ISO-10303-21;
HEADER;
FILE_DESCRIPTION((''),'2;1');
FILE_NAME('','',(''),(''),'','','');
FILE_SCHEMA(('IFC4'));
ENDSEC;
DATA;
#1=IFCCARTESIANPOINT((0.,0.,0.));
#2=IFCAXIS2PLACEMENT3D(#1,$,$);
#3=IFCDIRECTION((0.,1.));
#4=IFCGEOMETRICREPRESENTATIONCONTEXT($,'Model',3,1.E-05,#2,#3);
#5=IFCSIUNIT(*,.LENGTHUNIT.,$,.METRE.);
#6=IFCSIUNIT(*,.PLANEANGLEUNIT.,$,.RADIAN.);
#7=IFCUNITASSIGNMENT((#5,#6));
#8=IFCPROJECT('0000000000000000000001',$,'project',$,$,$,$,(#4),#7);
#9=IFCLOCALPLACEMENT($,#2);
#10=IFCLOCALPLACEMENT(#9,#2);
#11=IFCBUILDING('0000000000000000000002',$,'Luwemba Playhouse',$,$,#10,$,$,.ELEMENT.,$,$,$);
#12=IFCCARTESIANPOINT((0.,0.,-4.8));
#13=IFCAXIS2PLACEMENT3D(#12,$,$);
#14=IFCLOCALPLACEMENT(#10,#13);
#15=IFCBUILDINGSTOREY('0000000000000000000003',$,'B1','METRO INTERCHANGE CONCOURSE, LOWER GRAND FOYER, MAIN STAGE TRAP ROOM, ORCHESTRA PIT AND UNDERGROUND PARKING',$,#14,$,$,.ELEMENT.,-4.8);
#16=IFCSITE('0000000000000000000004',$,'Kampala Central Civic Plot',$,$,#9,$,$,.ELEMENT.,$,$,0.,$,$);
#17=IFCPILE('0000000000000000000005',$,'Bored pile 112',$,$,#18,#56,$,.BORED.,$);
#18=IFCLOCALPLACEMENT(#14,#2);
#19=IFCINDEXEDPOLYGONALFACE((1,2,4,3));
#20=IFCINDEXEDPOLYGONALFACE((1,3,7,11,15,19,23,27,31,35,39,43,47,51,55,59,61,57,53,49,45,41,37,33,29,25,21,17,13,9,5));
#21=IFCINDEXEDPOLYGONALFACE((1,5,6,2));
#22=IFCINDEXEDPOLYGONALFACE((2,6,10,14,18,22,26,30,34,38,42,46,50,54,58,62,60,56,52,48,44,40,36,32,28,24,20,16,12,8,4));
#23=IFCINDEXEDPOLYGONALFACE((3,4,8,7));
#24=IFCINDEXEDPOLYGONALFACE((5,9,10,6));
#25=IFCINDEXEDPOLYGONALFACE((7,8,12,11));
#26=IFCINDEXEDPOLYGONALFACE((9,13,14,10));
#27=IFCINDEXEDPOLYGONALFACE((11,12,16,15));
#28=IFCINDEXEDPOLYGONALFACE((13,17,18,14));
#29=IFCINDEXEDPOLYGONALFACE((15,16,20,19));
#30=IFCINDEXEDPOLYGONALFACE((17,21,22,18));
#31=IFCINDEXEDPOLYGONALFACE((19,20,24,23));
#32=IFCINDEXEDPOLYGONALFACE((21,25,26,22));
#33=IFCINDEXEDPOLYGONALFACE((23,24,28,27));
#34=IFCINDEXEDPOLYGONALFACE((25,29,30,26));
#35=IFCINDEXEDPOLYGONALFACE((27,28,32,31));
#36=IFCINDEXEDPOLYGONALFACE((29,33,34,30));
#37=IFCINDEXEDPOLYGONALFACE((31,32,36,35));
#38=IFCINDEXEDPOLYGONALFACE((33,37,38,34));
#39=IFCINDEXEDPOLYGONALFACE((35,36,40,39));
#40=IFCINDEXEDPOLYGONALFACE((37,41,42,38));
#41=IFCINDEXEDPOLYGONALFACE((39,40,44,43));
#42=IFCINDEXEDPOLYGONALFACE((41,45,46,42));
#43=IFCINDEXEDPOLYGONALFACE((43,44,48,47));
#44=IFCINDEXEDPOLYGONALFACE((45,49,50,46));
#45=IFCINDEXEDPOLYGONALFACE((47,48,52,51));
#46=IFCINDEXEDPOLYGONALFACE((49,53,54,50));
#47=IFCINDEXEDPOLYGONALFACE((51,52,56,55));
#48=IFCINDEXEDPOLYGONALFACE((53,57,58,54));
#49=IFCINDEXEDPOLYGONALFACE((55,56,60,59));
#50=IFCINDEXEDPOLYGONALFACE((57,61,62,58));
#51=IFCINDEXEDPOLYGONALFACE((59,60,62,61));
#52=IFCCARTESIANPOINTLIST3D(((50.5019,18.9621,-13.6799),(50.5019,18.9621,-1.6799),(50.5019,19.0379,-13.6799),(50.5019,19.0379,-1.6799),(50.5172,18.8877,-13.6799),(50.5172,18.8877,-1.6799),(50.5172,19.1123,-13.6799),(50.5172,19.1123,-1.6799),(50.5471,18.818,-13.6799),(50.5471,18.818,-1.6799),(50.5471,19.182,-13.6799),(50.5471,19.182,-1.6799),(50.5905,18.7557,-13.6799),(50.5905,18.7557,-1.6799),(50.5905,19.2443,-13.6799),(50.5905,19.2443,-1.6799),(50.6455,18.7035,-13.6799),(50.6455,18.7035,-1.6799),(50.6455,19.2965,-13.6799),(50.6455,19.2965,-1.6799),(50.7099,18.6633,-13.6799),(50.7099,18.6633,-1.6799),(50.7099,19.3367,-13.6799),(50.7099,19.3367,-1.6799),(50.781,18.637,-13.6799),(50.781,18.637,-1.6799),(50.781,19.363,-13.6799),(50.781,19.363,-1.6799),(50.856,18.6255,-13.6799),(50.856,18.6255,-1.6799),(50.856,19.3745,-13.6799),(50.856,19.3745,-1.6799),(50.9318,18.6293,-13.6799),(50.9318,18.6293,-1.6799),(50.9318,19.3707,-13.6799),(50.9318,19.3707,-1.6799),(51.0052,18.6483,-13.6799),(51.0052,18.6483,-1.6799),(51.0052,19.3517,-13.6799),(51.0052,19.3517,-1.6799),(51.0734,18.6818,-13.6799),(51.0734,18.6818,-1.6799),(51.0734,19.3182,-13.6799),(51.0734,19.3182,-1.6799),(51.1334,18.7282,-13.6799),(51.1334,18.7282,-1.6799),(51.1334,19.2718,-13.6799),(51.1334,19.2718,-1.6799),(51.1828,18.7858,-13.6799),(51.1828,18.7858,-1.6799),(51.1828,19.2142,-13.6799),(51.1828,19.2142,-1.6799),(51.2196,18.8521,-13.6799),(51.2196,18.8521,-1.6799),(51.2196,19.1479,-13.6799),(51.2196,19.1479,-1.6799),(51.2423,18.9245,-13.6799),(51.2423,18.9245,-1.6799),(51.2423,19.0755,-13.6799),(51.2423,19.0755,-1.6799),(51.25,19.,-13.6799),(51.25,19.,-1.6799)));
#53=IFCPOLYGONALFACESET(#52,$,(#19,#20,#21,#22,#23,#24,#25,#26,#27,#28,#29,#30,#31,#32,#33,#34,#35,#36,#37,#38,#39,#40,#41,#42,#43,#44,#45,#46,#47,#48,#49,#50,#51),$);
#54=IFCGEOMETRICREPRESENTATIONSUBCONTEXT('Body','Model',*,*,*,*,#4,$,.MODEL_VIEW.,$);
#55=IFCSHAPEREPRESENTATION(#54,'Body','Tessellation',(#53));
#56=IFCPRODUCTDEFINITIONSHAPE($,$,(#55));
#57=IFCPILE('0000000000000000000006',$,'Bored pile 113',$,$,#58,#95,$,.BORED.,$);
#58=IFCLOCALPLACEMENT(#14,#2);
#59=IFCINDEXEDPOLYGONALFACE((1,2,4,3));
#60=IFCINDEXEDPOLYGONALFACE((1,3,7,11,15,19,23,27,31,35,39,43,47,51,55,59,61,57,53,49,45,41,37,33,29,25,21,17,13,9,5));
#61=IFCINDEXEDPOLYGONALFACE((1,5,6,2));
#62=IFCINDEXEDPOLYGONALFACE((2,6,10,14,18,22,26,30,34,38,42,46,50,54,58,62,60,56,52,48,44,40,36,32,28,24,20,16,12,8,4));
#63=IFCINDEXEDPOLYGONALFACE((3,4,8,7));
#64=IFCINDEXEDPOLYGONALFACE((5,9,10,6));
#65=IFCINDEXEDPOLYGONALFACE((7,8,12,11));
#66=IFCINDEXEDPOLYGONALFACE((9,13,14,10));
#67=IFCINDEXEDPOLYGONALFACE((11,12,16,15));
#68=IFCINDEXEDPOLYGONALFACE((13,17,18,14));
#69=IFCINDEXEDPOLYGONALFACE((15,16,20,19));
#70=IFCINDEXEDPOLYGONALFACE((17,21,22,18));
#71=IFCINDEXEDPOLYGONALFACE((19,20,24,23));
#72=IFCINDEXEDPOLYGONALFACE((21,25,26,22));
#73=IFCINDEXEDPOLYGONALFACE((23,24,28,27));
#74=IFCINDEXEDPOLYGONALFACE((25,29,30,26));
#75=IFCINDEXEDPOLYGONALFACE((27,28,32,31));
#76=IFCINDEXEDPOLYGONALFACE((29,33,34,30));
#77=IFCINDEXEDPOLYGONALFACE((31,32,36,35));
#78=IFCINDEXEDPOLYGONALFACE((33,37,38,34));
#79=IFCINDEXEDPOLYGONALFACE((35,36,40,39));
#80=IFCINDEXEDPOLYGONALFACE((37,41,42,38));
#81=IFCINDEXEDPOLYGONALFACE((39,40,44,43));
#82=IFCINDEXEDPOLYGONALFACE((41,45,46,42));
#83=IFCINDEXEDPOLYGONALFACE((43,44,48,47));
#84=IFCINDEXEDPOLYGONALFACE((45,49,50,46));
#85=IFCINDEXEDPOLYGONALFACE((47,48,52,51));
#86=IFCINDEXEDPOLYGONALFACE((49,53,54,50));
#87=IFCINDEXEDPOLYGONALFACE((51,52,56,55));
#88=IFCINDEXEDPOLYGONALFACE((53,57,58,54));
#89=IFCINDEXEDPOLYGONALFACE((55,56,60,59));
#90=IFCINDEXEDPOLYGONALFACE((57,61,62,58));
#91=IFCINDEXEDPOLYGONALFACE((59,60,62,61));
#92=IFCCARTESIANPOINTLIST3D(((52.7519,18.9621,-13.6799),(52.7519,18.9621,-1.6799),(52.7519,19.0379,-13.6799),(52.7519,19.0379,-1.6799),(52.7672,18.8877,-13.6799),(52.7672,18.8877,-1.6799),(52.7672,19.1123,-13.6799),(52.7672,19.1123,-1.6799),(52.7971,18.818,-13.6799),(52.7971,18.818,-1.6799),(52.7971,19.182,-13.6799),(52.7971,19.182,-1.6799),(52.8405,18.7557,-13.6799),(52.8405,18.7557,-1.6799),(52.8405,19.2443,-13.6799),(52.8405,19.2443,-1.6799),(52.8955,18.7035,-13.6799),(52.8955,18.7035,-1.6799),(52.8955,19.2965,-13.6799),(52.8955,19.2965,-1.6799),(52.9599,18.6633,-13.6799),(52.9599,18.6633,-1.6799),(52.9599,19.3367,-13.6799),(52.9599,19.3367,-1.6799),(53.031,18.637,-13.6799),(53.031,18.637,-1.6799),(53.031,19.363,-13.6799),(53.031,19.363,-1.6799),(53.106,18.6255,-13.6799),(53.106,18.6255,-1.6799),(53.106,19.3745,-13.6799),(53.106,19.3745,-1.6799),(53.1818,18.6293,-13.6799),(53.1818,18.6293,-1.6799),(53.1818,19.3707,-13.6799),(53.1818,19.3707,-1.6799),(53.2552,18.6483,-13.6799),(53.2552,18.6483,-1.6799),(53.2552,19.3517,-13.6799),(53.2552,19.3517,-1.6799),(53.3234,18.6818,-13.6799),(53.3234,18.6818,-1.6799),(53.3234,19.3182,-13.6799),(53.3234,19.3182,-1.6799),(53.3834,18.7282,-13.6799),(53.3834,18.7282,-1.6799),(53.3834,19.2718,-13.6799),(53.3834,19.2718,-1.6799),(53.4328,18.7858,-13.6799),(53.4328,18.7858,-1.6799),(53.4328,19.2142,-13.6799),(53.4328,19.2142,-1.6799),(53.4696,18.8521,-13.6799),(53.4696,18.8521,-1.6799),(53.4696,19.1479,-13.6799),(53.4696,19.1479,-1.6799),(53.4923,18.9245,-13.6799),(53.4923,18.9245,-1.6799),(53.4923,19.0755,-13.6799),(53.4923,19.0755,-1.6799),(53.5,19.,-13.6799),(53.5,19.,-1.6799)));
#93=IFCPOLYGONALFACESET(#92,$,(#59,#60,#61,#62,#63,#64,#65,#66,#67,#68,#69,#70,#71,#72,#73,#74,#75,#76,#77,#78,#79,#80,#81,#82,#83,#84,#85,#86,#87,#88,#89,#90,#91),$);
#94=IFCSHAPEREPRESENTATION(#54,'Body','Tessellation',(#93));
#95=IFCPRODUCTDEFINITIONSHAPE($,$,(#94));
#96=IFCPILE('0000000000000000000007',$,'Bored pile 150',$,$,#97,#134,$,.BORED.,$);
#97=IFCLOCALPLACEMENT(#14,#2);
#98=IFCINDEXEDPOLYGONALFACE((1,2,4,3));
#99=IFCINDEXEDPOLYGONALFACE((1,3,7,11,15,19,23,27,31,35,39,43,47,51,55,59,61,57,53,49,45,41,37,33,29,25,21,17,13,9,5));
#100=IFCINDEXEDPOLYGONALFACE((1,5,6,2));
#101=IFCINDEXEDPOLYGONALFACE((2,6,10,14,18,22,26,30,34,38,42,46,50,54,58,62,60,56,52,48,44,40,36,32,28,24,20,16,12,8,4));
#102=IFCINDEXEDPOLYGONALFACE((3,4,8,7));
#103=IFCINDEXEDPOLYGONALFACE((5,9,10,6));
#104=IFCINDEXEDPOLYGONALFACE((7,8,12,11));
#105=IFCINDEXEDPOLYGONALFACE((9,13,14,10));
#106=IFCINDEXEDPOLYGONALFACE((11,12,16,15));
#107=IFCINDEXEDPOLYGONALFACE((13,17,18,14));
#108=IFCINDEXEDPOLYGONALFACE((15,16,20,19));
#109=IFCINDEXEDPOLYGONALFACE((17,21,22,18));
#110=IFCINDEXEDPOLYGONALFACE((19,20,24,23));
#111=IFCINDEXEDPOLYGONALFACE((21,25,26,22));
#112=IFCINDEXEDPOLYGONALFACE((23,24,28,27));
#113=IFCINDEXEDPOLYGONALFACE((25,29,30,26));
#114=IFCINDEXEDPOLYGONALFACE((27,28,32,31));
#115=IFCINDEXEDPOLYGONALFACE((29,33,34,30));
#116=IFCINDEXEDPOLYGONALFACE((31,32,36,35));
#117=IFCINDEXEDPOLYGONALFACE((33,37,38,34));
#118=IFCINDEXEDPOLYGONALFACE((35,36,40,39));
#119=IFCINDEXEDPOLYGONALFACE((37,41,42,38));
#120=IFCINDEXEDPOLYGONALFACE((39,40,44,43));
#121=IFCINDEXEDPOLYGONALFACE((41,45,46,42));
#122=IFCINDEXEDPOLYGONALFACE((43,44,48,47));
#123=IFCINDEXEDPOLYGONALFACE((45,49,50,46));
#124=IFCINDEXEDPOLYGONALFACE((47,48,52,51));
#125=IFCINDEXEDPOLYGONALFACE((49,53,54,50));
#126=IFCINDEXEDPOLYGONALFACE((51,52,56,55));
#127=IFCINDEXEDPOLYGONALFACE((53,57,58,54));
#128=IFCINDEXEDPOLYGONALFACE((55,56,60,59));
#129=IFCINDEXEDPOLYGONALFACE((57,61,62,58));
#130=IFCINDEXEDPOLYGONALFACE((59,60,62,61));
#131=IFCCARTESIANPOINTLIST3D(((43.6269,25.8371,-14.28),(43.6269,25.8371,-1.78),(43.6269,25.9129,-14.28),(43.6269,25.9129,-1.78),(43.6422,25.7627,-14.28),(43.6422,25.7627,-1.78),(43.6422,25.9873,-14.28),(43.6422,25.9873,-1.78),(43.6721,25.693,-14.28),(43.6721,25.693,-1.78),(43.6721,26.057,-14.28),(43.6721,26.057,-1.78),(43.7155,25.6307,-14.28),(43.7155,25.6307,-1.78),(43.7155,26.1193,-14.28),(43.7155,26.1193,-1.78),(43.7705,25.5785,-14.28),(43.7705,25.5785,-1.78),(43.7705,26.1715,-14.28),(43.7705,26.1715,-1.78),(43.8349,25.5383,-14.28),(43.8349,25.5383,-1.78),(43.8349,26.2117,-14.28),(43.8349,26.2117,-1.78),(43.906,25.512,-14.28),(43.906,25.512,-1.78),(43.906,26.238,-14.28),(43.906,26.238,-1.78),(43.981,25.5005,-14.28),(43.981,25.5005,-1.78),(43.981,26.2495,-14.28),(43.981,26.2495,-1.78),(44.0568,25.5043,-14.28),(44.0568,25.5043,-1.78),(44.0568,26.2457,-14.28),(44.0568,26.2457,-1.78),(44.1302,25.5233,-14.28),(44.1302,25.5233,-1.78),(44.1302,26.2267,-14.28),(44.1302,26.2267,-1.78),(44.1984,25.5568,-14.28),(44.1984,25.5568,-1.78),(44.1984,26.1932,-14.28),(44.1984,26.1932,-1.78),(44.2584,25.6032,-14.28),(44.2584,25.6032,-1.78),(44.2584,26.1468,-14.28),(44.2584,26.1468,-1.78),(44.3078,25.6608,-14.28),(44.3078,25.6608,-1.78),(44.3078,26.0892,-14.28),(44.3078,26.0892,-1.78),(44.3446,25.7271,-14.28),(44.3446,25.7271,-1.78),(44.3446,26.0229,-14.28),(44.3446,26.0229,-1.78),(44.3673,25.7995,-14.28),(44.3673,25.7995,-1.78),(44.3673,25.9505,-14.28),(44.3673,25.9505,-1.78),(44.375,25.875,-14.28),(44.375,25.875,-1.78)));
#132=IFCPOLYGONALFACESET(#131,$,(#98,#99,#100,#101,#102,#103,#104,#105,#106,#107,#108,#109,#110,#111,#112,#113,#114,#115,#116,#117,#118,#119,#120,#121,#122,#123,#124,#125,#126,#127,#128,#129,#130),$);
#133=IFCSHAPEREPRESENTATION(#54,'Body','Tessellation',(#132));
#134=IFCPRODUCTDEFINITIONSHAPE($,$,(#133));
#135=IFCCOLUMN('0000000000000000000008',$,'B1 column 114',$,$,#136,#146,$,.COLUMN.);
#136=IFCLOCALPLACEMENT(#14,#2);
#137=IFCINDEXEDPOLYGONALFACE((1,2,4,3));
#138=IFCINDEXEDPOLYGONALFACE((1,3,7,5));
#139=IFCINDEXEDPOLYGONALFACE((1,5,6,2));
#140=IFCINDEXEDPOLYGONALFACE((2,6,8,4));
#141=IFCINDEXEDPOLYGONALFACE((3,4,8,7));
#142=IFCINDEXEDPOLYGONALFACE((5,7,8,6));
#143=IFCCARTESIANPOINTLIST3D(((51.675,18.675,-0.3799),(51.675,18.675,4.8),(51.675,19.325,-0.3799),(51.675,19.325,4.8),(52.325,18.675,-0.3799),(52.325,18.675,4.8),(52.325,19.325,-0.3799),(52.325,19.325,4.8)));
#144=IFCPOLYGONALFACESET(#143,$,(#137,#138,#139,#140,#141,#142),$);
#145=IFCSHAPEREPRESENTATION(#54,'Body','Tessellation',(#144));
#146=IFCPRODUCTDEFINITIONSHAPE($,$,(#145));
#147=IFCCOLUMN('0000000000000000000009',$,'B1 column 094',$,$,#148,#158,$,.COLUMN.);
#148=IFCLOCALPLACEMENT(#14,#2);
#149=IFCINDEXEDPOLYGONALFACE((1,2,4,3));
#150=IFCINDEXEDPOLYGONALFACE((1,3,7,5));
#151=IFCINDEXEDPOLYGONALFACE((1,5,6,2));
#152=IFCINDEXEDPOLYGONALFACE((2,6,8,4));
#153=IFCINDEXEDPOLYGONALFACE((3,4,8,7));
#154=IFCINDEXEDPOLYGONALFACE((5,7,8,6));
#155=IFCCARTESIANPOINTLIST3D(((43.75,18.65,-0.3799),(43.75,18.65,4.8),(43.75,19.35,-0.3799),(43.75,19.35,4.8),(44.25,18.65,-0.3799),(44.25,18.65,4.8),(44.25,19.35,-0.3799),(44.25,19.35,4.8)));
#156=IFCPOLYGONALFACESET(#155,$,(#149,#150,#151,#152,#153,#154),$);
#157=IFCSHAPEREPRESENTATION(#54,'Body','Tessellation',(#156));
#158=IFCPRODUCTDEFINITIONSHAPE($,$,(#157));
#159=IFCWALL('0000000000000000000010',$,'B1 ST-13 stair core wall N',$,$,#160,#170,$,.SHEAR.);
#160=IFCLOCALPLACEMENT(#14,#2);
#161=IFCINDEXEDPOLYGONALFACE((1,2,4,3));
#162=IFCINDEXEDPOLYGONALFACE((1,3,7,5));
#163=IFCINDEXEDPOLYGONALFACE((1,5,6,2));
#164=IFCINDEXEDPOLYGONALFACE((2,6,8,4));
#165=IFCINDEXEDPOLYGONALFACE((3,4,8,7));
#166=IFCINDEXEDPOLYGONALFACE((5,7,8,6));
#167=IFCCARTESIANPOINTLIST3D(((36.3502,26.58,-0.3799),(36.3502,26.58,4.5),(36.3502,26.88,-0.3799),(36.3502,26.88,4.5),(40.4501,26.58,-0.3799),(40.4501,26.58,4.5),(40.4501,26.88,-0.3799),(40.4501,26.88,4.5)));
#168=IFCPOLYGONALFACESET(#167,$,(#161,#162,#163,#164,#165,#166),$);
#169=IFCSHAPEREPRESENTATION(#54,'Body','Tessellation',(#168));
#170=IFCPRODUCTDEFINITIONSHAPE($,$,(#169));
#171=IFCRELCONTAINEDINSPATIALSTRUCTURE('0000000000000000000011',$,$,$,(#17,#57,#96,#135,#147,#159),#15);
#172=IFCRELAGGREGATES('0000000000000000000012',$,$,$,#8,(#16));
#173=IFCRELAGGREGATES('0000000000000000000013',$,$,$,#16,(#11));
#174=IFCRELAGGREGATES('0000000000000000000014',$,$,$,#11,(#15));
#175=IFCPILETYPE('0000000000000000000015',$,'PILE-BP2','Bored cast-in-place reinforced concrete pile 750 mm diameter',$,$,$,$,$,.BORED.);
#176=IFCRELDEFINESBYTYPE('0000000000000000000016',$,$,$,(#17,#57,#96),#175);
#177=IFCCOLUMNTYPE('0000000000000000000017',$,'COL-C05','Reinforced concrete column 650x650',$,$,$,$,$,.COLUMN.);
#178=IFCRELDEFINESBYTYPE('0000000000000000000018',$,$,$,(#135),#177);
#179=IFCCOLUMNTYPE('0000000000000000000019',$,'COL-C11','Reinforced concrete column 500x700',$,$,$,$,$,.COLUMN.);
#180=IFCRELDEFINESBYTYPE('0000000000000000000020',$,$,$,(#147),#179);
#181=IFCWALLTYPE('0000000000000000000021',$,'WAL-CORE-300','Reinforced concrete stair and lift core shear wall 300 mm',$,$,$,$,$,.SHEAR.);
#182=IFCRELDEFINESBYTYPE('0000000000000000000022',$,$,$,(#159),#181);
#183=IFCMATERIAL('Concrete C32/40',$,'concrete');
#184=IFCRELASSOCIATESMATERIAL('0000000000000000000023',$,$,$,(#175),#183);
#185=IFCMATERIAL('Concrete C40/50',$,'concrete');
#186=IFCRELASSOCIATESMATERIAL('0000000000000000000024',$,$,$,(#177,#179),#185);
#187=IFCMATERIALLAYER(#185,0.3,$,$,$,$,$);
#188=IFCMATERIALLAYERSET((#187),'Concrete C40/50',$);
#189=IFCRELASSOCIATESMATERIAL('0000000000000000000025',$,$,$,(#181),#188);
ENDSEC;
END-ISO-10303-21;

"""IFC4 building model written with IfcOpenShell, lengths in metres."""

from ifc_helpers import new_model, si_unit, direction, frame, frame_2d, origin, origin_2d, place, context, subcontext, project, spatial, rectangle, circle, extrude, material, layer, layer_set, material_profile, profile_set, type_object, element, save


model = new_model("IFC4")

# Units and contexts
model_context = context("Model", 3, precision=1e-05, world=origin(), true_north=direction((0.0, 1.0)))
body_context = subcontext(model_context, "Body", "Model", "MODEL_VIEW")
ifc_project = project(units=[si_unit("LENGTHUNIT", "METRE"), si_unit("PLANEANGLEUNIT", "RADIAN")], contexts=[model_context])

# Site, building, storey
site_placement = place(None, origin())
site = spatial("IfcSite", under=ifc_project, at=site_placement, Name="Kampala Central Civic Plot", CompositionType="ELEMENT", RefElevation=0.0)
building_placement = place(site_placement, origin())
building = spatial("IfcBuilding", under=site, at=building_placement, Name="Luwemba Playhouse", CompositionType="ELEMENT")
storey_placement = place(building_placement, frame((0.0, 0.0, -4.8)))
storey = spatial("IfcBuildingStorey", under=building, at=storey_placement, Name="B1", Description="METRO INTERCHANGE CONCOURSE, LOWER GRAND FOYER, MAIN STAGE TRAP ROOM, ORCHESTRA PIT AND UNDERGROUND PARKING", CompositionType="ELEMENT", Elevation=-4.8)

# Shared definitions
ifc_material_1 = material(Name="Concrete C32/40", Category="concrete")

# Piles
ifc_material_profile_1 = material_profile(ifc_material_1, circle(Radius=0.375, at=origin_2d()))
ifc_profile_set_1 = profile_set([ifc_material_profile_1], Name="Concrete C32/40")
pile_type = type_object("IfcPileType", Name="PILE-BP2", Description="Bored cast-in-place reinforced concrete pile 750 mm diameter", PredefinedType="BORED", material=ifc_profile_set_1)
for number, where, z_axis, x_axis, name in (
    (1, (50.875, 19.0, -1.6799), (0.0, 0.0, -1.0), (1.0, 0.0, 0.0), "Bored pile 112"),
    (2, (53.125, 19.0, -1.6799), (0.0, 0.0, -1.0), (1.0, 0.0, 0.0), "Bored pile 113"),
):
    element("IfcPile", number, at=place(storey_placement, frame(where, z_axis=z_axis, x_axis=x_axis)), inside=storey, type_object=pile_type, Name=name, PredefinedType="BORED", context=body_context, shape_type="SweptSolid", body=[
        extrude(circle(Radius=0.375, at=origin_2d()), origin(), (0.0, 0.0, 1.0), 12.0),
    ])
pile_placement = place(storey_placement, frame((44.0, 25.875, -1.78), z_axis=(0.0, 0.0, -1.0), x_axis=(1.0, 0.0, 0.0)))
element("IfcPile", 3, at=pile_placement, inside=storey, type_object=pile_type, Name="Bored pile 150", PredefinedType="BORED", context=body_context, shape_type="SweptSolid", body=[
    extrude(circle(Radius=0.375, at=origin_2d()), origin(), (0.0, 0.0, 1.0), 12.5),
])

# Columns
ifc_material_2 = material(Name="Concrete C40/50", Category="concrete")
ifc_material_profile_2 = material_profile(ifc_material_2, rectangle(XDim=0.6499, YDim=0.6499, at=origin_2d()))
ifc_profile_set_2 = profile_set([ifc_material_profile_2], Name="Concrete C40/50")
column_type_1 = type_object("IfcColumnType", Name="COL-C05", Description="Reinforced concrete column 650x650", PredefinedType="COLUMN", material=ifc_profile_set_2)
column_1_placement = place(storey_placement, frame((52.0, 19.0, -0.3799), z_axis=(0.0, 0.0, 1.0), x_axis=(1.0, 0.0, 0.0)))
element("IfcColumn", 4, at=column_1_placement, inside=storey, type_object=column_type_1, Name="B1 column 114", PredefinedType="COLUMN", context=body_context, shape_type="SweptSolid", body=[
    extrude(rectangle(XDim=0.6499, YDim=0.6499, at=origin_2d()), origin(), (0.0, 0.0, 1.0), 5.1799),
])
ifc_material_profile_3 = material_profile(ifc_material_2, rectangle(XDim=0.5, YDim=0.7, at=origin_2d()))
ifc_profile_set_3 = profile_set([ifc_material_profile_3], Name="Concrete C40/50")
column_type_2 = type_object("IfcColumnType", Name="COL-C11", Description="Reinforced concrete column 500x700", PredefinedType="COLUMN", material=ifc_profile_set_3)
column_2_placement = place(storey_placement, frame((44.0, 19.0, -0.3799), z_axis=(0.0, 0.0, 1.0), x_axis=(1.0, 0.0, 0.0)))
element("IfcColumn", 5, at=column_2_placement, inside=storey, type_object=column_type_2, Name="B1 column 094", PredefinedType="COLUMN", context=body_context, shape_type="SweptSolid", body=[
    extrude(rectangle(XDim=0.5, YDim=0.7, at=origin_2d()), origin(), (0.0, 0.0, 1.0), 5.1799),
])

# Wall
ifc_layer_1 = layer(ifc_material_2, 0.3)
ifc_layer_set_1 = layer_set([ifc_layer_1], Name="Concrete C40/50")
wall_type_1 = type_object("IfcWallType", Name="WAL-CORE-300", Description="Reinforced concrete stair and lift core shear wall 300 mm", PredefinedType="SHEAR", material=ifc_layer_set_1)
wall_1_placement = place(storey_placement, frame((40.45, 26.73, -0.3799), z_axis=(0.0, 0.0, 1.0), x_axis=(-1.0, 0.0, 0.0)))
element("IfcWall", 6, at=wall_1_placement, inside=storey, type_object=wall_type_1, Name="B1 ST-13 stair core wall N", PredefinedType="SHEAR", context=body_context, shape_type="SweptSolid", body=[
    extrude(rectangle(XDim=4.0999, YDim=0.3, at=frame_2d((2.0498, 0.0))), origin(), (0.0, 0.0, 1.0), 4.8799),
])

save(model, "model.ifc")
